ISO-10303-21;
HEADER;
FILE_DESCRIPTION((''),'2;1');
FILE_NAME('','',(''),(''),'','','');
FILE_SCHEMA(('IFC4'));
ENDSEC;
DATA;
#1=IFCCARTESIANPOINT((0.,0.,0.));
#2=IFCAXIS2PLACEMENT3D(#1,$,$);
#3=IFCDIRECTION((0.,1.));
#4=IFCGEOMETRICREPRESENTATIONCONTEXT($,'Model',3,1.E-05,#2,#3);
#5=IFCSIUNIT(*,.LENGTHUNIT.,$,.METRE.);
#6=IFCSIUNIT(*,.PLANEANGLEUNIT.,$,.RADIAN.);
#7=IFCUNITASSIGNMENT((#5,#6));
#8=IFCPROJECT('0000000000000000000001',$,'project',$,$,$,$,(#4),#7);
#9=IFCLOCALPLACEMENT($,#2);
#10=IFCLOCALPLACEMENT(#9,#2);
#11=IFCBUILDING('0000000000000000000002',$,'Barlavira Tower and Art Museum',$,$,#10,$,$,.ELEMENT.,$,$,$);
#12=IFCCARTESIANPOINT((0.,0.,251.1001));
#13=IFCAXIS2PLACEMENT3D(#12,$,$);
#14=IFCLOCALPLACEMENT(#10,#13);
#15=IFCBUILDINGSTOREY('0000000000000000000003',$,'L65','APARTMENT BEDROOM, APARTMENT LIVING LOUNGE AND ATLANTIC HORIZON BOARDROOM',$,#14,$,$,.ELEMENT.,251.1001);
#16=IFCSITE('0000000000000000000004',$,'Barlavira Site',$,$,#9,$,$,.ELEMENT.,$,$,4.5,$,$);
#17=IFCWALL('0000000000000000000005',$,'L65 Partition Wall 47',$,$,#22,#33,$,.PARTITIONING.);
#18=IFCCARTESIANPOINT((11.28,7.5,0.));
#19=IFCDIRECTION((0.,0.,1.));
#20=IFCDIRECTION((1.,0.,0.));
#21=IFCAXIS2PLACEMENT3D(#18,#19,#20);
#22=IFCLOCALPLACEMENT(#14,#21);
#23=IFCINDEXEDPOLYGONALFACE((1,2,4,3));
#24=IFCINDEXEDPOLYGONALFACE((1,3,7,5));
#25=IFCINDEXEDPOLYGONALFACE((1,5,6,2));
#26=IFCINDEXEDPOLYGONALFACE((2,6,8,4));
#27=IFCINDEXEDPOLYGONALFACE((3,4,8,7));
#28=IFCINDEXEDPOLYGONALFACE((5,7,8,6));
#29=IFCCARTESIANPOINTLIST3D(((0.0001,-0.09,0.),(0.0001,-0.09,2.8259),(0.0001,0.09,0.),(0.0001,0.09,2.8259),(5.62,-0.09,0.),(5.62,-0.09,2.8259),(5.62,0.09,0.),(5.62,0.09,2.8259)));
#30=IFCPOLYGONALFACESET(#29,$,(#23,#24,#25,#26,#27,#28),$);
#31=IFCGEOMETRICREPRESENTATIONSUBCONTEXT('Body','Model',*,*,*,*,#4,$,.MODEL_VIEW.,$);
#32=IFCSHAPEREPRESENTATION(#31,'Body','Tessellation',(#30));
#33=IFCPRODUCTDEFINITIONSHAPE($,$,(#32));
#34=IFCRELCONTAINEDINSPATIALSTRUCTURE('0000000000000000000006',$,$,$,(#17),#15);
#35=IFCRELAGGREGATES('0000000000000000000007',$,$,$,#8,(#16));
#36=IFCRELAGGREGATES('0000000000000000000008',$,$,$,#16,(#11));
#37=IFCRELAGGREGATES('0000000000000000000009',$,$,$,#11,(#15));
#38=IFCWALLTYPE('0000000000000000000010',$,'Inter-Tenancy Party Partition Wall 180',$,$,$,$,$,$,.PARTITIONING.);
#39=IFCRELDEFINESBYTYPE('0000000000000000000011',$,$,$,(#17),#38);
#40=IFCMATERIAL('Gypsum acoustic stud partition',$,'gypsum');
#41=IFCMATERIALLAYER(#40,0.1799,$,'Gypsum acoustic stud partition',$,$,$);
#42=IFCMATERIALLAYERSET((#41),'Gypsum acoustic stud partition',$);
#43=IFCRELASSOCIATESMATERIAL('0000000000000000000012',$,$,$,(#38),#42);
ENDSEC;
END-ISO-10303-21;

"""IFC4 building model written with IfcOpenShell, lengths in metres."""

from ifc_helpers import new_model, si_unit, direction, frame, frame_2d, origin, place, context, subcontext, project, spatial, rectangle, extrude, material, layer, layer_set, type_object, element, save


model = new_model("IFC4")

# Units and contexts
model_context = context("Model", 3, precision=1e-05, world=origin(), true_north=direction((0.0, 1.0)))
body_context = subcontext(model_context, "Body", "Model", "MODEL_VIEW")
ifc_project = project(units=[si_unit("LENGTHUNIT", "METRE"), si_unit("PLANEANGLEUNIT", "RADIAN")], contexts=[model_context])

# Site, building, storey
site_placement = place(None, origin())
site = spatial("IfcSite", under=ifc_project, at=site_placement, Name="Barlavira Site", CompositionType="ELEMENT", RefElevation=4.5)
building_placement = place(site_placement, origin())
building = spatial("IfcBuilding", under=site, at=building_placement, Name="Barlavira Tower and Art Museum", CompositionType="ELEMENT")
storey_placement = place(building_placement, frame((0.0, 0.0, 251.1001)))
storey = spatial("IfcBuildingStorey", under=building, at=storey_placement, Name="L65", Description="APARTMENT BEDROOM, APARTMENT LIVING LOUNGE AND ATLANTIC HORIZON BOARDROOM", CompositionType="ELEMENT", Elevation=251.1001)

# Shared definitions
ifc_material_1 = material(Name="Gypsum acoustic stud partition", Category="gypsum")

# Wall
ifc_layer_1 = layer(ifc_material_1, 0.1799, Name="Gypsum acoustic stud partition")
ifc_layer_set_1 = layer_set([ifc_layer_1], Name="Gypsum acoustic stud partition")
wall_type_1 = type_object("IfcWallType", Name="Inter-Tenancy Party Partition Wall 180", PredefinedType="PARTITIONING", material=ifc_layer_set_1)
wall_1_placement = place(storey_placement, frame((11.28, 7.5, 0.0), z_axis=(0.0, 0.0, 1.0), x_axis=(1.0, 0.0, 0.0)))
element("IfcWall", 1, at=wall_1_placement, inside=storey, type_object=wall_type_1, Name="L65 Partition Wall 47", PredefinedType="PARTITIONING", context=body_context, shape_type="SweptSolid", body=[
    extrude(rectangle(XDim=5.6199, YDim=0.1799, at=frame_2d((2.8101, 0.0))), origin(), (0.0, 0.0, 1.0), 2.8259),
])

save(model, "model.ifc")
